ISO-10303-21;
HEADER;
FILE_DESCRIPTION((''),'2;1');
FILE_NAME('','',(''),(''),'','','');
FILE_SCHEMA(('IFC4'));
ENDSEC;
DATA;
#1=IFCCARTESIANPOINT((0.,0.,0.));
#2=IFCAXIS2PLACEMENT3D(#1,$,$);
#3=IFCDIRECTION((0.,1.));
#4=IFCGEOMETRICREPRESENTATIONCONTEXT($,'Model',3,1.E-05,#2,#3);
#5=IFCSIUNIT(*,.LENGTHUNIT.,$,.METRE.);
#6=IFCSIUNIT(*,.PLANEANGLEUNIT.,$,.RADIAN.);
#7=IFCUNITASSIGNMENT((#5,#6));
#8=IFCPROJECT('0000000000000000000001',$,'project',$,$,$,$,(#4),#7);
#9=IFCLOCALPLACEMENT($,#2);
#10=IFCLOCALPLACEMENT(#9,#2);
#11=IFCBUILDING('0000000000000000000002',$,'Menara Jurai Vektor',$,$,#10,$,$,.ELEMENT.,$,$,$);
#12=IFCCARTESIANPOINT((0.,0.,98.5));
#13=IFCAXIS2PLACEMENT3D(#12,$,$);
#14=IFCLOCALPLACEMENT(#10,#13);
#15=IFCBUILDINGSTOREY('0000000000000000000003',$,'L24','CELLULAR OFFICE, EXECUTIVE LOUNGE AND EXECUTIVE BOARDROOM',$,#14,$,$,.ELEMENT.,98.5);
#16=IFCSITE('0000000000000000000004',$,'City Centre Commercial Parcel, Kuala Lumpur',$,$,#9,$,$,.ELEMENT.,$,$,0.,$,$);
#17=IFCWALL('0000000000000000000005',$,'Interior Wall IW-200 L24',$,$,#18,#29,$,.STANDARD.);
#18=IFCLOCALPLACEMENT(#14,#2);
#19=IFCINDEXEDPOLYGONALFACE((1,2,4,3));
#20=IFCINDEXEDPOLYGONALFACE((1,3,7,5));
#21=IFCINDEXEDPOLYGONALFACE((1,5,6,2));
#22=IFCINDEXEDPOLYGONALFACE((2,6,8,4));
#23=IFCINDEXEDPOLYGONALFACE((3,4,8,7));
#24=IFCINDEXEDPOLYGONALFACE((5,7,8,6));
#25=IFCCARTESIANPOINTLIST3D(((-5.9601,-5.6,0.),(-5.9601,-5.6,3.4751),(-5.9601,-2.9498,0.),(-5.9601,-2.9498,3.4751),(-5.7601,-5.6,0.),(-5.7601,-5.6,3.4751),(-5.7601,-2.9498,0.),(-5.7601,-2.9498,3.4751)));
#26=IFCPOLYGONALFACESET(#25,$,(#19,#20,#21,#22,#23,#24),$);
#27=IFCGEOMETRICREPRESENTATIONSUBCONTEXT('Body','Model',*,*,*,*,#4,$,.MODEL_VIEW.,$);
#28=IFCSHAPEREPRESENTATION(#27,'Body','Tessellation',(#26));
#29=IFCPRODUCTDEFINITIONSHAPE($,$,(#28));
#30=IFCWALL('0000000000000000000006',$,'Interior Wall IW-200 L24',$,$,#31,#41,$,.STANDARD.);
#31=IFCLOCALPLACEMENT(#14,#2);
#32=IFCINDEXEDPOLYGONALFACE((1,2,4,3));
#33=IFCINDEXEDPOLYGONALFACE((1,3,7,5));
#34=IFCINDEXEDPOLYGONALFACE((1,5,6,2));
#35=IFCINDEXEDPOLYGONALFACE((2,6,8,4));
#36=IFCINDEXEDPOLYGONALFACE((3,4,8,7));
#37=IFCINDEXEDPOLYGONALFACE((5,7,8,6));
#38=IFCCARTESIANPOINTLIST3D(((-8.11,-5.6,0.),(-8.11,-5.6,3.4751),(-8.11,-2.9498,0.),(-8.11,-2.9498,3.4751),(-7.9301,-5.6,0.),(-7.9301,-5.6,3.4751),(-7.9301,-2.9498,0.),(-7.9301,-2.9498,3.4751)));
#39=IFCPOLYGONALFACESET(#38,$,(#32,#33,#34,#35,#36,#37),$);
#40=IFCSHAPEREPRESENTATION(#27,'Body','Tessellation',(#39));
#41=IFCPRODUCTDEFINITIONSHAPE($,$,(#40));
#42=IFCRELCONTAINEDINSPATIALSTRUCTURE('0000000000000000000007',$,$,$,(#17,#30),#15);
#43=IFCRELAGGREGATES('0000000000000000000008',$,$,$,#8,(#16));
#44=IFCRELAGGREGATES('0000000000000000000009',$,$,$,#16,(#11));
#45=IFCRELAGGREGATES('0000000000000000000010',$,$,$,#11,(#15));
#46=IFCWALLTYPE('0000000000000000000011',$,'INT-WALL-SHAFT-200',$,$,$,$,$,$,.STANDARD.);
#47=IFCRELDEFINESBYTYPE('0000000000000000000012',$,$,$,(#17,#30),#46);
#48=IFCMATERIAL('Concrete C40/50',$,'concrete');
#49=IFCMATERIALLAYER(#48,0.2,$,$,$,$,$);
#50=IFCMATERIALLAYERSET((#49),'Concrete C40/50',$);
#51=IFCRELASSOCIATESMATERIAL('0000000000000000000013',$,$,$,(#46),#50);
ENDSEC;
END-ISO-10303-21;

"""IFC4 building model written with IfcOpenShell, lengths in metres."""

from ifc_helpers import new_model, si_unit, direction, frame, frame_2d, origin, place, context, subcontext, project, spatial, rectangle, extrude, material, layer, layer_set, type_object, element, save


model = new_model("IFC4")

# Units and contexts
model_context = context("Model", 3, precision=1e-05, world=origin(), true_north=direction((0.0, 1.0)))
body_context = subcontext(model_context, "Body", "Model", "MODEL_VIEW")
ifc_project = project(units=[si_unit("LENGTHUNIT", "METRE"), si_unit("PLANEANGLEUNIT", "RADIAN")], contexts=[model_context])

# Site, building, storey
site_placement = place(None, origin())
site = spatial("IfcSite", under=ifc_project, at=site_placement, Name="City Centre Commercial Parcel, Kuala Lumpur", CompositionType="ELEMENT", RefElevation=0.0)
building_placement = place(site_placement, origin())
building = spatial("IfcBuilding", under=site, at=building_placement, Name="Menara Jurai Vektor", CompositionType="ELEMENT")
storey_placement = place(building_placement, frame((0.0, 0.0, 98.5)))
storey = spatial("IfcBuildingStorey", under=building, at=storey_placement, Name="L24", Description="CELLULAR OFFICE, EXECUTIVE LOUNGE AND EXECUTIVE BOARDROOM", CompositionType="ELEMENT", Elevation=98.5)

# Shared definitions
ifc_material_1 = material(Name="Concrete C40/50", Category="concrete")
ifc_layer_1 = layer(ifc_material_1, 0.2)
ifc_layer_set_1 = layer_set([ifc_layer_1], Name="Concrete C40/50")
wall_type_1 = type_object("IfcWallType", Name="INT-WALL-SHAFT-200", PredefinedType="STANDARD", material=ifc_layer_set_1)

# Walls
wall_1_placement = place(storey_placement, frame((-5.8601, -5.6001, 0.0), z_axis=(0.0, 0.0, 1.0), x_axis=(0.0, 1.0, 0.0)))
element("IfcWall", 1, at=wall_1_placement, inside=storey, type_object=wall_type_1, Name="Interior Wall IW-200 L24", PredefinedType="STANDARD", context=body_context, shape_type="SweptSolid", body=[
    extrude(rectangle(XDim=2.6501, YDim=0.2, at=frame_2d((1.3252, 0.0))), origin(), (0.0, 0.0, 1.0), 3.4751),
])
wall_2_placement = place(storey_placement, frame((-8.02, -5.6001, 0.0), z_axis=(0.0, 0.0, 1.0), x_axis=(0.0, 1.0, 0.0)))
element("IfcWall", 2, at=wall_2_placement, inside=storey, type_object=wall_type_1, Name="Interior Wall IW-200 L24", PredefinedType="STANDARD", context=body_context, shape_type="SweptSolid", body=[
    extrude(rectangle(XDim=2.6501, YDim=0.1799, at=frame_2d((1.3252, 0.0))), origin(), (0.0, 0.0, 1.0), 3.4751),
])

save(model, "model.ifc")
